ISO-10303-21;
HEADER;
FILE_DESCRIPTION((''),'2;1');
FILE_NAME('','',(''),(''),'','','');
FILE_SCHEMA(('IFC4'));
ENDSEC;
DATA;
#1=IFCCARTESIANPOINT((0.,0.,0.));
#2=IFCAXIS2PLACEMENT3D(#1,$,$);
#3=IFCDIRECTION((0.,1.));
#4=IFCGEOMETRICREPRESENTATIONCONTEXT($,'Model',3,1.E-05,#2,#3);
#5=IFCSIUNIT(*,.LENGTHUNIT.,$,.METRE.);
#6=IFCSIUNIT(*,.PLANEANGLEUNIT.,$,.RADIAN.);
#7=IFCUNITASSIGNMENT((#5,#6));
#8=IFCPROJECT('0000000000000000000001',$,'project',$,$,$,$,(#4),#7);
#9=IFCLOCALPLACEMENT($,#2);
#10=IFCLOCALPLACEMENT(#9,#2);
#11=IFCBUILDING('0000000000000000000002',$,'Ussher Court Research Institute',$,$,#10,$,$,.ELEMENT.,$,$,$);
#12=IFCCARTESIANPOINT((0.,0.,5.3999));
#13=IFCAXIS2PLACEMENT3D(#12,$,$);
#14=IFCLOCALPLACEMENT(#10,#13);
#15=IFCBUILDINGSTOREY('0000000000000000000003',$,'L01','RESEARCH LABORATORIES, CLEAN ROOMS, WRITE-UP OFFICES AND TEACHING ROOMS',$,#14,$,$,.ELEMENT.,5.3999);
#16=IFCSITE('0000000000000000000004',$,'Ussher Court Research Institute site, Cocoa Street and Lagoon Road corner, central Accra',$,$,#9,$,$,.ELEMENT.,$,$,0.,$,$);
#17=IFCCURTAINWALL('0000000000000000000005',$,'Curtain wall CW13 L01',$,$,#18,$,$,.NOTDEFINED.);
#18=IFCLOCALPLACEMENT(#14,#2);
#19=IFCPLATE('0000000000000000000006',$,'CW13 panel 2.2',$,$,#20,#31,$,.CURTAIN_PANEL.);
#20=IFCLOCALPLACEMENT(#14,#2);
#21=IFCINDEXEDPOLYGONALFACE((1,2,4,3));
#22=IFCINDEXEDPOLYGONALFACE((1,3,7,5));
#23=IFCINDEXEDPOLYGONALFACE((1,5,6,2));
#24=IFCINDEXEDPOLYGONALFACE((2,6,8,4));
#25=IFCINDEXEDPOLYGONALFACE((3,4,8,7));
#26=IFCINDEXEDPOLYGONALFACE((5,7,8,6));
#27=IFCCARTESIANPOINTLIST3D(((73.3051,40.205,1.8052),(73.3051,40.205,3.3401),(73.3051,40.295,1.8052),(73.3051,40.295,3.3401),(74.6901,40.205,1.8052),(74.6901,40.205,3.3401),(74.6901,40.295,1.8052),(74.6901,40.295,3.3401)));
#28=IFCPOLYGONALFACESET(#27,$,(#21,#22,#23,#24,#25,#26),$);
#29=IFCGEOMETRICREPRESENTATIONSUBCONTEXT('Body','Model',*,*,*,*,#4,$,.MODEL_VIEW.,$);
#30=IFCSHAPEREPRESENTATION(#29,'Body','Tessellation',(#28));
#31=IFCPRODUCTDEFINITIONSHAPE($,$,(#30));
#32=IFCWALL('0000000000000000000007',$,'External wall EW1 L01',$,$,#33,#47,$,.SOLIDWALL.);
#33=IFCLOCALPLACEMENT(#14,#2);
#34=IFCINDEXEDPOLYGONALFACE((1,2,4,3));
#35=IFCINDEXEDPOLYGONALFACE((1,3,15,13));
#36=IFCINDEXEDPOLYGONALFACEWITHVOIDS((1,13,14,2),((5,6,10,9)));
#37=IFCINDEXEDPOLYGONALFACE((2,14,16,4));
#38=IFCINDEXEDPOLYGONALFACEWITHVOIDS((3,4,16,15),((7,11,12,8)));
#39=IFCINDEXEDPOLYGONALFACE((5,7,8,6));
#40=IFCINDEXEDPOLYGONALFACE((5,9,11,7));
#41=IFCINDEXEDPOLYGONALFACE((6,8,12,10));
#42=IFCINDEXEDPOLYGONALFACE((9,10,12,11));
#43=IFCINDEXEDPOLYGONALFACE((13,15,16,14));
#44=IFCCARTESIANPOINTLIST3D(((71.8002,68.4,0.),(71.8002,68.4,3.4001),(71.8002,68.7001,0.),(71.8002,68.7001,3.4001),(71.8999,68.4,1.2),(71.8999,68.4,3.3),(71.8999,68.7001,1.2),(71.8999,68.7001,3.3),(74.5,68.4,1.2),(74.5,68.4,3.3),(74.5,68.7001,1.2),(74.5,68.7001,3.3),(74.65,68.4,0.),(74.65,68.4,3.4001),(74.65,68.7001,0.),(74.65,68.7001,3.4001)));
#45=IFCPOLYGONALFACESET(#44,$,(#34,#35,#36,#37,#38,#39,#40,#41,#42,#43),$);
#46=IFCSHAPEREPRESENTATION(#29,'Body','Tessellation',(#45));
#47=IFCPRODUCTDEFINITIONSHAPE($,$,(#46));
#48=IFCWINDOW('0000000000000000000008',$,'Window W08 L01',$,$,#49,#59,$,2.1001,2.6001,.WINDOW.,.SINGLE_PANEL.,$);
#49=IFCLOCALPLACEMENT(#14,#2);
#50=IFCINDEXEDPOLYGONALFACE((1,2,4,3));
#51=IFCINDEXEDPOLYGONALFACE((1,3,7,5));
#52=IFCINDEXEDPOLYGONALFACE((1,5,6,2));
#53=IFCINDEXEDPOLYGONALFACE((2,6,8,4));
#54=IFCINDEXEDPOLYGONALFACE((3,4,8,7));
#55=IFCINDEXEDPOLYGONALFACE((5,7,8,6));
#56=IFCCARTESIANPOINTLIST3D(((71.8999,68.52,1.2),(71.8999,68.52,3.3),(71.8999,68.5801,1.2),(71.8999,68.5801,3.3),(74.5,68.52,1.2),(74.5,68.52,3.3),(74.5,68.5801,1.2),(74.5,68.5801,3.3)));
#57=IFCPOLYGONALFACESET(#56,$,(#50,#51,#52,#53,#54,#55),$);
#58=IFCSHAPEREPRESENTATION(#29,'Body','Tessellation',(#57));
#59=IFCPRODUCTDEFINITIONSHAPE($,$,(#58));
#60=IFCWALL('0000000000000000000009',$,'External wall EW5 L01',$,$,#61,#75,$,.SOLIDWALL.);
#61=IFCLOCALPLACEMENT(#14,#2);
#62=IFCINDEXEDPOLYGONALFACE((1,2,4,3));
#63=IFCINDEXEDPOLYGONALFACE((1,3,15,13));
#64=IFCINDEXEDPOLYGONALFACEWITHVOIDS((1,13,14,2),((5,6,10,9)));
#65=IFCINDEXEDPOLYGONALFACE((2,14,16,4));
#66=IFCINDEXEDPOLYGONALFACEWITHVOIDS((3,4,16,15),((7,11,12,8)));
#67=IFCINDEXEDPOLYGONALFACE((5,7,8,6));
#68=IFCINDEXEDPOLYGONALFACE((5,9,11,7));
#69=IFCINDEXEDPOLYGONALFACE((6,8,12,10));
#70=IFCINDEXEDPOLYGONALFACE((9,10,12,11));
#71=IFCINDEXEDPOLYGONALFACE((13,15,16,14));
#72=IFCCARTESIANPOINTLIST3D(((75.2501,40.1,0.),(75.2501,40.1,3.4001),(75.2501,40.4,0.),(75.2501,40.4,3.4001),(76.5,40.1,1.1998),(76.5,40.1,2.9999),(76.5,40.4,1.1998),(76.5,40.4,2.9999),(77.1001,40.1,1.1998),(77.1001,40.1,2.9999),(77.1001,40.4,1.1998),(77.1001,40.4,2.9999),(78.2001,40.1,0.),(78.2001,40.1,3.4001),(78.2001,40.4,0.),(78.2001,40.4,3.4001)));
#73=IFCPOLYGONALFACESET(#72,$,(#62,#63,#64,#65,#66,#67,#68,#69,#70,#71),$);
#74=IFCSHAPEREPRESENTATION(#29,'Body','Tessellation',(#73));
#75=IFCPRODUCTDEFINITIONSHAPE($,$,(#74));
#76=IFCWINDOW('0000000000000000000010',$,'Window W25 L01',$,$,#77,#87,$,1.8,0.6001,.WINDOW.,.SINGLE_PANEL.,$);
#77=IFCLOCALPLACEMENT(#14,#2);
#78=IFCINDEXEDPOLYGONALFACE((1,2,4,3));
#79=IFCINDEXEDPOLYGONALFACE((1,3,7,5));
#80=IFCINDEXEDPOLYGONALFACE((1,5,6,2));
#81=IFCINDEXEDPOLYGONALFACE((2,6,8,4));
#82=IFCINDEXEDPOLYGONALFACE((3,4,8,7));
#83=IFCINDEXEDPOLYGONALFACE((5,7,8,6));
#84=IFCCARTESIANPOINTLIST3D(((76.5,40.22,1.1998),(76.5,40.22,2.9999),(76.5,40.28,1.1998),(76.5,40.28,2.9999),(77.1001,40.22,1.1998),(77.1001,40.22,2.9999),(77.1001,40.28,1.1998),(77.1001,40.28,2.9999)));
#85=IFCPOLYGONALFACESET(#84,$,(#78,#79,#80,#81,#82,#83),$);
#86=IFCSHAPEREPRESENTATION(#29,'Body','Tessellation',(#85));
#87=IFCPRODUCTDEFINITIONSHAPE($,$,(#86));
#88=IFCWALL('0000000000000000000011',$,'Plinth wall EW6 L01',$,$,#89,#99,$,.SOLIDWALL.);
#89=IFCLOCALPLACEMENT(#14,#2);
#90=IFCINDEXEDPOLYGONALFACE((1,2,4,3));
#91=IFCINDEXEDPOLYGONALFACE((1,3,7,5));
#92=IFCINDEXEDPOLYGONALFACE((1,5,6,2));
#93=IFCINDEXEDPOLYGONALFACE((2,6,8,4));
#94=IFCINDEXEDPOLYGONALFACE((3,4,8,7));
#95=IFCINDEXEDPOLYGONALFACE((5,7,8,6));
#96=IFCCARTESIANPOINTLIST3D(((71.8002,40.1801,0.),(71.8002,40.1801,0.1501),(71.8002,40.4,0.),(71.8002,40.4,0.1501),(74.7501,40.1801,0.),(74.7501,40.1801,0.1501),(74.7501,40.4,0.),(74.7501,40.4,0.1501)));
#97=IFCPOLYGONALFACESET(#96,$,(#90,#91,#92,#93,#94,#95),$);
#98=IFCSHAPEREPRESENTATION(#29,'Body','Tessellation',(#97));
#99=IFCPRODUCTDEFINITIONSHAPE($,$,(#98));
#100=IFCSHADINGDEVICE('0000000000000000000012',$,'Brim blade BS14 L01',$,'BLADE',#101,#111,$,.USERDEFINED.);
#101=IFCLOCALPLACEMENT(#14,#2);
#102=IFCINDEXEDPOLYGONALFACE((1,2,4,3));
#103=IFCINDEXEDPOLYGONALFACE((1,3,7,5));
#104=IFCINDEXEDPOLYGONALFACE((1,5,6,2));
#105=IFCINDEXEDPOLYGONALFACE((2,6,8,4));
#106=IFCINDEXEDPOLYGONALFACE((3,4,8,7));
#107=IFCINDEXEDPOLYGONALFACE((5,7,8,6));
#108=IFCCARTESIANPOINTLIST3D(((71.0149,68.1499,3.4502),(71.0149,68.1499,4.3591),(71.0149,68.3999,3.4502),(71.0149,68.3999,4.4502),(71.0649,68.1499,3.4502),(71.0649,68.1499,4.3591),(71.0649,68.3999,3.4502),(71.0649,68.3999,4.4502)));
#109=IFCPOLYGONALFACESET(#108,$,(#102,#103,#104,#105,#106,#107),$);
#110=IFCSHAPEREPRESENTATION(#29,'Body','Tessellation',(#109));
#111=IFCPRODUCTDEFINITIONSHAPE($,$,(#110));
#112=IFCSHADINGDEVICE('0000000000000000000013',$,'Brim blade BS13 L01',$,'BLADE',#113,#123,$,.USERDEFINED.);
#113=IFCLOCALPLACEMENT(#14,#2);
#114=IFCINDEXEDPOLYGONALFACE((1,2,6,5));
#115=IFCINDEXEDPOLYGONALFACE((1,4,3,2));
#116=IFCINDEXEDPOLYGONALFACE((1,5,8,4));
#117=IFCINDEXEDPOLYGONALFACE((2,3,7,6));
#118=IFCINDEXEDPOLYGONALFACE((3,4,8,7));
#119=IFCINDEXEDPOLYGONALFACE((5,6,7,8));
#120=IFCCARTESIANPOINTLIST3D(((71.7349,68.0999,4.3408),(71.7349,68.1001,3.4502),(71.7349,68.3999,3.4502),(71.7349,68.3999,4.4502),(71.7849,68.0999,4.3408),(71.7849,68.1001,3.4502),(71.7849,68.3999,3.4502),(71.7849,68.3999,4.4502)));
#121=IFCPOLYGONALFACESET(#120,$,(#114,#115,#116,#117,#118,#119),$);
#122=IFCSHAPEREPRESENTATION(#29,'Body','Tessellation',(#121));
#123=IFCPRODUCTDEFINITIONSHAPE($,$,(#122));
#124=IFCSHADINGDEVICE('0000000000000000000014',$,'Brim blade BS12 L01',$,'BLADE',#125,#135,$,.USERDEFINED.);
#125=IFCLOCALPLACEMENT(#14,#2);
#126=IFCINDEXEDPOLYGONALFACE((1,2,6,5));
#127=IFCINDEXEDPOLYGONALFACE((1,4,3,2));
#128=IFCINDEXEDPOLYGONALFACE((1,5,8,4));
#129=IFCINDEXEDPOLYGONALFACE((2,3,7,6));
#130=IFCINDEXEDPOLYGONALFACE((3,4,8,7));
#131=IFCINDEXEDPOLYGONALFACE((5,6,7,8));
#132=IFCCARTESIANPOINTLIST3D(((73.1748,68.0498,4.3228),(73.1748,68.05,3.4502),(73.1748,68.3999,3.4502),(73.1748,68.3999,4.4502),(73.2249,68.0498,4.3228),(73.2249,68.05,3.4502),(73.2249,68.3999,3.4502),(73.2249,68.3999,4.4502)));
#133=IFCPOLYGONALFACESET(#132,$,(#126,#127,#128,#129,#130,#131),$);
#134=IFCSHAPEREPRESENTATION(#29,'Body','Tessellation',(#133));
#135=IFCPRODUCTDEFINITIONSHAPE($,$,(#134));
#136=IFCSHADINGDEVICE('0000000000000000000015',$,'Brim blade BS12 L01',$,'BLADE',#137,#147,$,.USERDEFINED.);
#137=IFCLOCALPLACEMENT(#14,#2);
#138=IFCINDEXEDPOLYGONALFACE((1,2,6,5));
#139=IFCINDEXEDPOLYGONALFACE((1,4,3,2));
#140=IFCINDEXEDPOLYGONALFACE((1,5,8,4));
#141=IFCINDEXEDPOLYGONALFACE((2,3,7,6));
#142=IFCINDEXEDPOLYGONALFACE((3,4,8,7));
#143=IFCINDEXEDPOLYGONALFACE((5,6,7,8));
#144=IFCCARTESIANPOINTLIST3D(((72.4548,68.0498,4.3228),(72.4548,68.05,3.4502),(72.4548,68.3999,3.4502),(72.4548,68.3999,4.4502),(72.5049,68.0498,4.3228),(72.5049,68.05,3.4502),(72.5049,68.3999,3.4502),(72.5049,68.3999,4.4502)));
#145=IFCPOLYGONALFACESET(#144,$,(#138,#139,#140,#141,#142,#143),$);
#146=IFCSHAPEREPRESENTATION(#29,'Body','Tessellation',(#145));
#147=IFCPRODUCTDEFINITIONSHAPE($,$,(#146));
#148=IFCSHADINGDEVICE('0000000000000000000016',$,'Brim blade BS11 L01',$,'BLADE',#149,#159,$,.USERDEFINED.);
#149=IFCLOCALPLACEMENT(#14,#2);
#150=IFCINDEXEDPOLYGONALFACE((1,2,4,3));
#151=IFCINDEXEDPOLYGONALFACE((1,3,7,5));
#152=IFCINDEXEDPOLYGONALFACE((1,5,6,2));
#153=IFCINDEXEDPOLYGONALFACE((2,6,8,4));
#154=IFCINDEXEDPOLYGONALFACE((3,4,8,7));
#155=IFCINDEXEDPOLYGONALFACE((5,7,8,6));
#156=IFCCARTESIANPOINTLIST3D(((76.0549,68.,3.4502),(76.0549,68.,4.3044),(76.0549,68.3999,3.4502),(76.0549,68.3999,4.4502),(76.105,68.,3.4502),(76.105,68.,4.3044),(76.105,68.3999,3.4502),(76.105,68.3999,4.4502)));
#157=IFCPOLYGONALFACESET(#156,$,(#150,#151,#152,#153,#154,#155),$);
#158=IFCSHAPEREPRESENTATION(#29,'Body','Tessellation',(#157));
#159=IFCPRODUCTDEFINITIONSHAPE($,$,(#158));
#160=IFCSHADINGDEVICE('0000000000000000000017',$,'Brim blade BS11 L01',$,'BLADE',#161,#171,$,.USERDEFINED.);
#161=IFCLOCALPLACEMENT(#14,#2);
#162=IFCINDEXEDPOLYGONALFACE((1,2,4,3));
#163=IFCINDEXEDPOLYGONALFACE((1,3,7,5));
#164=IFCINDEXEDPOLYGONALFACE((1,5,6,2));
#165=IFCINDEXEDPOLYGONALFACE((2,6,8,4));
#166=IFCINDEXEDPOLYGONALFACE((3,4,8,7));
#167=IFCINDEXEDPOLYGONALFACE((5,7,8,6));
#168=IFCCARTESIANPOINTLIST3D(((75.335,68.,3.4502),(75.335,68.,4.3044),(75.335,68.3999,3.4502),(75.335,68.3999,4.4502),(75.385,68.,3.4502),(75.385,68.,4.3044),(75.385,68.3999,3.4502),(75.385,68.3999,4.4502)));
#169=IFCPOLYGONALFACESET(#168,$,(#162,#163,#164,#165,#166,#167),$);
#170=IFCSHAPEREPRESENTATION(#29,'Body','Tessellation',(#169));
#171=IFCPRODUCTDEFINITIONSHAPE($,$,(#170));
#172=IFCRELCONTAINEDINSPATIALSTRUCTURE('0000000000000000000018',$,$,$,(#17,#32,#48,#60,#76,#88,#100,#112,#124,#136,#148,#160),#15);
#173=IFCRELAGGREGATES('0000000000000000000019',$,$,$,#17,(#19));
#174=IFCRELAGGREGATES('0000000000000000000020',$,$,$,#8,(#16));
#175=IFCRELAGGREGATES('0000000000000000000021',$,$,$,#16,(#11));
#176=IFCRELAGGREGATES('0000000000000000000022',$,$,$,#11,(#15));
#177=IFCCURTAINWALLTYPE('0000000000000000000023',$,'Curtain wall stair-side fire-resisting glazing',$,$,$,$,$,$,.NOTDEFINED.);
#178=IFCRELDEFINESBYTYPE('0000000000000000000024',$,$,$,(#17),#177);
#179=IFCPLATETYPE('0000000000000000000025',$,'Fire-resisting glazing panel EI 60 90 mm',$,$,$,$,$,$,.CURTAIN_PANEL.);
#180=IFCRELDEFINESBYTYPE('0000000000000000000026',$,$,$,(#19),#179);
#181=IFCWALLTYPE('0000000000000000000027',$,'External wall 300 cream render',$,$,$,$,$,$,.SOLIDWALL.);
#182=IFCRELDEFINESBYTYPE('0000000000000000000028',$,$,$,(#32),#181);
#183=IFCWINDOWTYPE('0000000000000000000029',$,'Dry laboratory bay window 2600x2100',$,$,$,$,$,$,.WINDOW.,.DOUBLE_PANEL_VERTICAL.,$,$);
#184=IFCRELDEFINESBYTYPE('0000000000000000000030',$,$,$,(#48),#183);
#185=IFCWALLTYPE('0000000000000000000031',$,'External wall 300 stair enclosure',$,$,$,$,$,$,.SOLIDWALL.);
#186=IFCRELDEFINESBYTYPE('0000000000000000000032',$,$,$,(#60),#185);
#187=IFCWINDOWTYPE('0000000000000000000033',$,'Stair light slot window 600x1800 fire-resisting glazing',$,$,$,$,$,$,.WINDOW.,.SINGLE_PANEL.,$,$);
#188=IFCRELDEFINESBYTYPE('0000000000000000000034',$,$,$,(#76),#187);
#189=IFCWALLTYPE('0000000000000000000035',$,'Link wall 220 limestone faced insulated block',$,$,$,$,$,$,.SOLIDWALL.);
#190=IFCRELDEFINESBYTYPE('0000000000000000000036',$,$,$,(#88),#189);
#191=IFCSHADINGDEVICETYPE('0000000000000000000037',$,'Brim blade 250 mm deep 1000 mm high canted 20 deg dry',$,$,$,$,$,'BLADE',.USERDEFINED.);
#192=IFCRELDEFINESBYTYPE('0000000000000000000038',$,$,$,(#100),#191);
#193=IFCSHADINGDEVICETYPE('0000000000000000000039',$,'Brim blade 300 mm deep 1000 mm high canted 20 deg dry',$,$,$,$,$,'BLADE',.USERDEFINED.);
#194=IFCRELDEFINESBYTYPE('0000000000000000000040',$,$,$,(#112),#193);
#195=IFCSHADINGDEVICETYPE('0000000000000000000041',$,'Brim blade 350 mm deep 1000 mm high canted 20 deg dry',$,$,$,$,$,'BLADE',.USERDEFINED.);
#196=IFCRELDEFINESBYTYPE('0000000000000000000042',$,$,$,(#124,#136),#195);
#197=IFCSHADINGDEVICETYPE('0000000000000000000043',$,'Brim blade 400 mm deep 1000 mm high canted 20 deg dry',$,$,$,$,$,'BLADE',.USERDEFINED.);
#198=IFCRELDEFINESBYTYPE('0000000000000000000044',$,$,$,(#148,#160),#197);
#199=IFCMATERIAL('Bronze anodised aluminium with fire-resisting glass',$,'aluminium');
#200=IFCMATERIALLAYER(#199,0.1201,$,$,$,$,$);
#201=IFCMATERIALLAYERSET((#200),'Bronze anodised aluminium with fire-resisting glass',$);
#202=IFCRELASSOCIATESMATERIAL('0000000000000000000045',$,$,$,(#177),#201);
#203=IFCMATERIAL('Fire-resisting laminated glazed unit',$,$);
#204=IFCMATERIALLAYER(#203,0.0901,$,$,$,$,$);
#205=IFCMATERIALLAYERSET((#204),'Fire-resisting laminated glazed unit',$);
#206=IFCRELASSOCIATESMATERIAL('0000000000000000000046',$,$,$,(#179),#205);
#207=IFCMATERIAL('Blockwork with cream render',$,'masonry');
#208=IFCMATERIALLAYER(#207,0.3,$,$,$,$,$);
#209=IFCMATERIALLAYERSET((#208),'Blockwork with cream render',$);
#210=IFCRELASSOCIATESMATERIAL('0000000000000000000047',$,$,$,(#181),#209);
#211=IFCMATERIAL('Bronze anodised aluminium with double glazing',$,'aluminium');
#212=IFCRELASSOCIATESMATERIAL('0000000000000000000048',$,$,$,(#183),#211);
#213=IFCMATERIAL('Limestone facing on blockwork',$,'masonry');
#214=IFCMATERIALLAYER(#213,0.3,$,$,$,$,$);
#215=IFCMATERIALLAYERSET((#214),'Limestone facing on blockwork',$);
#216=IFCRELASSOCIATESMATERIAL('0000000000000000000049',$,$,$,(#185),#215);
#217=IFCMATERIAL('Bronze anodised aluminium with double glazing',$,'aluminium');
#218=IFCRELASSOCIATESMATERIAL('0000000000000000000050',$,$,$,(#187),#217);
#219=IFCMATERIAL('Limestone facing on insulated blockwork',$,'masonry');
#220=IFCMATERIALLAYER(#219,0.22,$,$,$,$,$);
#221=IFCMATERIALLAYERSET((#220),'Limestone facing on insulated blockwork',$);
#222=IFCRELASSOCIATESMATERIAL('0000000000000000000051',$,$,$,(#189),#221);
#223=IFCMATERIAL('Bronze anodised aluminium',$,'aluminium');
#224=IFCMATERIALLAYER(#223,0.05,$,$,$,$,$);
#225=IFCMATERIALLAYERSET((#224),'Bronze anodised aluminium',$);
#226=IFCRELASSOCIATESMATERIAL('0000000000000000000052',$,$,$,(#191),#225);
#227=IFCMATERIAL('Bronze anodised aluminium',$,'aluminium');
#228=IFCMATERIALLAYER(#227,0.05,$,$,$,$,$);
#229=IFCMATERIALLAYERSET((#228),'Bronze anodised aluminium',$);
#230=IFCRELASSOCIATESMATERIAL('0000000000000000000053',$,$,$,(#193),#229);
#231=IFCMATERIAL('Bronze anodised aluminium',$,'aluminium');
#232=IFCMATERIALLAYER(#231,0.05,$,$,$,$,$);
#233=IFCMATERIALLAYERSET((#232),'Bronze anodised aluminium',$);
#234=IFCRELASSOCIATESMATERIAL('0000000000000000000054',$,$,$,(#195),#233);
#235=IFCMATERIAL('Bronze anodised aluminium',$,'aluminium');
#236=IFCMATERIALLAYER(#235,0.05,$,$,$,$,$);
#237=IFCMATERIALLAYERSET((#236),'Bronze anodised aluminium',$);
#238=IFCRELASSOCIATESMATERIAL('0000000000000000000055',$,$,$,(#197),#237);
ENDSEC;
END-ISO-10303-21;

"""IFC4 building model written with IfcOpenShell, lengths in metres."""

from ifc_helpers import new_model, si_unit, direction, frame, frame_2d, origin, origin_2d, place, context, subcontext, project, spatial, polyline, rectangle, outline, extrude, material, layer, layer_set, type_object, element, fill, aggregate, save


model = new_model("IFC4")

# Units and contexts
model_context = context("Model", 3, precision=1e-05, world=origin(), true_north=direction((0.0, 1.0)))
body_context = subcontext(model_context, "Body", "Model", "MODEL_VIEW")
ifc_project = project(units=[si_unit("LENGTHUNIT", "METRE"), si_unit("PLANEANGLEUNIT", "RADIAN")], contexts=[model_context])

# Site, building, storey
site_placement = place(None, origin())
site = spatial("IfcSite", under=ifc_project, at=site_placement, Name="Ussher Court Research Institute site, Cocoa Street and Lagoon Road corner, central Accra", CompositionType="ELEMENT", RefElevation=0.0)
building_placement = place(site_placement, origin())
building = spatial("IfcBuilding", under=site, at=building_placement, Name="Ussher Court Research Institute", CompositionType="ELEMENT")
storey_placement = place(building_placement, frame((0.0, 0.0, 5.3999)))
storey = spatial("IfcBuildingStorey", under=building, at=storey_placement, Name="L01", Description="RESEARCH LABORATORIES, CLEAN ROOMS, WRITE-UP OFFICES AND TEACHING ROOMS", CompositionType="ELEMENT", Elevation=5.3999)

# Curtain wall
ifc_material_1 = material(Name="Bronze anodised aluminium with fire-resisting glass", Category="aluminium")
ifc_layer_1 = layer(ifc_material_1, 0.1201)
ifc_layer_set_1 = layer_set([ifc_layer_1], Name="Bronze anodised aluminium with fire-resisting glass")
curtain_wall_type = type_object("IfcCurtainWallType", Name="Curtain wall stair-side fire-resisting glazing", PredefinedType="NOTDEFINED", material=ifc_layer_set_1)
curtain_wall_placement = place(storey_placement, origin())
curtain_wall = element("IfcCurtainWall", 1, at=curtain_wall_placement, inside=storey, type_object=curtain_wall_type, Name="Curtain wall CW13 L01", PredefinedType="NOTDEFINED")

# Plate
ifc_material_2 = material(Name="Fire-resisting laminated glazed unit")
ifc_layer_2 = layer(ifc_material_2, 0.0901)
ifc_layer_set_2 = layer_set([ifc_layer_2], Name="Fire-resisting laminated glazed unit")
plate_type = type_object("IfcPlateType", Name="Fire-resisting glazing panel EI 60 90 mm", PredefinedType="CURTAIN_PANEL", material=ifc_layer_set_2)
plate_1_placement = place(storey_placement, frame((73.9976, 40.25, 1.8052), z_axis=(0.0, 0.0, 1.0), x_axis=(1.0, 0.0, 0.0)))
plate_1 = element("IfcPlate", 2, at=plate_1_placement, type_object=plate_type, Name="CW13 panel 2.2", PredefinedType="CURTAIN_PANEL", context=body_context, shape_type="SweptSolid", body=[
    extrude(rectangle(XDim=1.385, YDim=0.0901, at=origin_2d()), origin(), (0.0, 0.0, 1.0), 1.5349),
])
aggregate(curtain_wall, [plate_1])

# Walls, openings, windows
ifc_material_3 = material(Name="Blockwork with cream render", Category="masonry")
ifc_layer_3 = layer(ifc_material_3, 0.3)
ifc_layer_set_3 = layer_set([ifc_layer_3], Name="Blockwork with cream render")
wall_type_1 = type_object("IfcWallType", Name="External wall 300 cream render", PredefinedType="SOLIDWALL", material=ifc_layer_set_3)
wall_1_placement = place(storey_placement, frame((74.6499, 68.55, 0.0), z_axis=(0.0, 0.0, 1.0), x_axis=(-1.0, 0.0, 0.0)))
wall_1 = element("IfcWall", 3, at=wall_1_placement, inside=storey, type_object=wall_type_1, Name="External wall EW1 L01", PredefinedType="SOLIDWALL", context=body_context, shape_type="SweptSolid", body=[
    extrude(rectangle(XDim=2.8499, YDim=0.3, at=frame_2d((1.4248, 0.0))), origin(), (0.0, 0.0, 1.0), 3.4001),
])
opening_1_placement = place(wall_1_placement, frame((0.1499, 0.0, 1.2)))
opening_1 = element("IfcOpeningElement", 4, at=opening_1_placement, cuts=wall_1, PredefinedType="OPENING", context=body_context, shape_type="SweptSolid", body=[
    extrude(rectangle(XDim=2.6001, YDim=2.1001, at=frame_2d((1.3, 1.05))), frame((0.0, 0.1602, 0.0), z_axis=(0.0, -1.0, 0.0), x_axis=(1.0, 0.0, 0.0)), (0.0, 0.0, 1.0), 0.3201),
])
ifc_material_4 = material(Name="Bronze anodised aluminium with double glazing", Category="aluminium")
window_type_1 = type_object("IfcWindowType", Name="Dry laboratory bay window 2600x2100", PartitioningType="DOUBLE_PANEL_VERTICAL", PredefinedType="WINDOW", material=ifc_material_4)
window_1_placement = place(opening_1_placement, origin())
window_1 = element("IfcWindow", 5, at=window_1_placement, inside=storey, type_object=window_type_1, Name="Window W08 L01", OverallHeight=2.1001, OverallWidth=2.6001, PartitioningType="SINGLE_PANEL", PredefinedType="WINDOW", context=body_context, shape_type="SweptSolid", body=[
    extrude(rectangle(XDim=2.6001, YDim=2.1001, at=frame_2d((1.3, 1.05))), frame((0.0, 0.03, 0.0), z_axis=(0.0, -1.0, 0.0), x_axis=(1.0, 0.0, 0.0)), (0.0, 0.0, 1.0), 0.0601),
])
fill(opening_1, window_1)
ifc_material_5 = material(Name="Limestone facing on blockwork", Category="masonry")
ifc_layer_4 = layer(ifc_material_5, 0.3)
ifc_layer_set_4 = layer_set([ifc_layer_4], Name="Limestone facing on blockwork")
wall_type_2 = type_object("IfcWallType", Name="External wall 300 stair enclosure", PredefinedType="SOLIDWALL", material=ifc_layer_set_4)
wall_2_placement = place(storey_placement, frame((75.25, 40.25, 0.0), z_axis=(0.0, 0.0, 1.0), x_axis=(1.0, 0.0, 0.0)))
wall_2 = element("IfcWall", 6, at=wall_2_placement, inside=storey, type_object=wall_type_2, Name="External wall EW5 L01", PredefinedType="SOLIDWALL", context=body_context, shape_type="SweptSolid", body=[
    extrude(rectangle(XDim=2.95, YDim=0.3, at=frame_2d((1.4751, 0.0))), origin(), (0.0, 0.0, 1.0), 3.4001),
])
opening_2_placement = place(wall_2_placement, frame((1.25, 0.0, 1.2)))
opening_2 = element("IfcOpeningElement", 7, at=opening_2_placement, cuts=wall_2, PredefinedType="OPENING", context=body_context, shape_type="SweptSolid", body=[
    extrude(rectangle(XDim=0.6001, YDim=1.8, at=frame_2d((0.3, 0.8999))), frame((0.0, 0.1602, 0.0), z_axis=(0.0, -1.0, 0.0), x_axis=(1.0, 0.0, 0.0)), (0.0, 0.0, 1.0), 0.3201),
])
ifc_material_6 = material(Name="Bronze anodised aluminium with double glazing", Category="aluminium")
window_type_2 = type_object("IfcWindowType", Name="Stair light slot window 600x1800 fire-resisting glazing", PartitioningType="SINGLE_PANEL", PredefinedType="WINDOW", material=ifc_material_6)
window_2_placement = place(opening_2_placement, origin())
window_2 = element("IfcWindow", 8, at=window_2_placement, inside=storey, type_object=window_type_2, Name="Window W25 L01", OverallHeight=1.8, OverallWidth=0.6001, PartitioningType="SINGLE_PANEL", PredefinedType="WINDOW", context=body_context, shape_type="SweptSolid", body=[
    extrude(rectangle(XDim=0.6001, YDim=1.8, at=frame_2d((0.3, 0.8999))), frame((0.0, 0.03, 0.0), z_axis=(0.0, -1.0, 0.0), x_axis=(1.0, 0.0, 0.0)), (0.0, 0.0, 1.0), 0.0601),
])
fill(opening_2, window_2)

# Wall
ifc_material_7 = material(Name="Limestone facing on insulated blockwork", Category="masonry")
ifc_layer_5 = layer(ifc_material_7, 0.22)
ifc_layer_set_5 = layer_set([ifc_layer_5], Name="Limestone facing on insulated blockwork")
wall_type_3 = type_object("IfcWallType", Name="Link wall 220 limestone faced insulated block", PredefinedType="SOLIDWALL", material=ifc_layer_set_5)
wall_3_placement = place(storey_placement, frame((71.8, 40.29, 0.0), z_axis=(0.0, 0.0, 1.0), x_axis=(1.0, 0.0, 0.0)))
element("IfcWall", 9, at=wall_3_placement, inside=storey, type_object=wall_type_3, Name="Plinth wall EW6 L01", PredefinedType="SOLIDWALL", context=body_context, shape_type="SweptSolid", body=[
    extrude(rectangle(XDim=2.95, YDim=0.22, at=frame_2d((1.4751, 0.0))), origin(), (0.0, 0.0, 1.0), 0.1501),
])

# Shading devices
ifc_material_8 = material(Name="Bronze anodised aluminium", Category="aluminium")
ifc_layer_6 = layer(ifc_material_8, 0.05)
ifc_layer_set_6 = layer_set([ifc_layer_6], Name="Bronze anodised aluminium")
shading_device_type_1 = type_object("IfcShadingDeviceType", Name="Brim blade 250 mm deep 1000 mm high canted 20 deg dry", ElementType="BLADE", PredefinedType="USERDEFINED", material=ifc_layer_set_6)
shading_device_1_placement = place(storey_placement, frame((71.04, 68.3999, 3.4502), z_axis=(0.0, 0.0, 1.0), x_axis=(0.0, -1.0, 0.0)))
element("IfcShadingDevice", 10, at=shading_device_1_placement, inside=storey, type_object=shading_device_type_1, Name="Brim blade BS14 L01", ObjectType="BLADE", PredefinedType="USERDEFINED", context=body_context, shape_type="SweptSolid", body=[
    extrude(outline(polyline([(0.0, 0.0), (0.25, 0.0), (0.25, 0.9089), (0.0, 1.0), (0.0, 0.0)])), frame((0.0, 0.0249, 0.0), z_axis=(0.0, -1.0, 0.0), x_axis=(1.0, 0.0, 0.0)), (0.0, 0.0, 1.0), 0.05),
])
ifc_material_9 = material(Name="Bronze anodised aluminium", Category="aluminium")
ifc_layer_7 = layer(ifc_material_9, 0.05)
ifc_layer_set_7 = layer_set([ifc_layer_7], Name="Bronze anodised aluminium")
shading_device_type_2 = type_object("IfcShadingDeviceType", Name="Brim blade 300 mm deep 1000 mm high canted 20 deg dry", ElementType="BLADE", PredefinedType="USERDEFINED", material=ifc_layer_set_7)
shading_device_2_placement = place(storey_placement, frame((71.76, 68.3999, 3.4502), z_axis=(0.0, 0.0, 1.0), x_axis=(0.0, -1.0, 0.0)))
element("IfcShadingDevice", 11, at=shading_device_2_placement, inside=storey, type_object=shading_device_type_2, Name="Brim blade BS13 L01", ObjectType="BLADE", PredefinedType="USERDEFINED", context=body_context, shape_type="SweptSolid", body=[
    extrude(outline(polyline([(0.0, 0.0), (0.2998, 0.0), (0.3, 0.8906), (0.0, 1.0), (0.0, 0.0)])), frame((0.0, 0.0249, 0.0), z_axis=(0.0, -1.0, 0.0), x_axis=(1.0, 0.0, 0.0)), (0.0, 0.0, 1.0), 0.05),
])
ifc_material_10 = material(Name="Bronze anodised aluminium", Category="aluminium")
ifc_layer_8 = layer(ifc_material_10, 0.05)
ifc_layer_set_8 = layer_set([ifc_layer_8], Name="Bronze anodised aluminium")
shading_device_type_3 = type_object("IfcShadingDeviceType", Name="Brim blade 350 mm deep 1000 mm high canted 20 deg dry", ElementType="BLADE", PredefinedType="USERDEFINED", material=ifc_layer_set_8)
for number, where, z_axis, x_axis, name in (
    (12, (73.2, 68.3999, 3.4502), (0.0, 0.0, 1.0), (0.0, -1.0, 0.0), "Brim blade BS12 L01"),
    (13, (72.48, 68.3999, 3.4502), (0.0, 0.0, 1.0), (0.0, -1.0, 0.0), "Brim blade BS12 L01"),
):
    element("IfcShadingDevice", number, at=place(storey_placement, frame(where, z_axis=z_axis, x_axis=x_axis)), inside=storey, type_object=shading_device_type_3, Name=name, ObjectType="BLADE", PredefinedType="USERDEFINED", context=body_context, shape_type="SweptSolid", body=[
        extrude(outline(polyline([(0.0, 0.0), (0.3499, 0.0), (0.3501, 0.8726), (0.0, 1.0), (0.0, 0.0)])), frame((0.0, 0.0249, 0.0), z_axis=(0.0, -1.0, 0.0), x_axis=(1.0, 0.0, 0.0)), (0.0, 0.0, 1.0), 0.05),
    ])
ifc_material_11 = material(Name="Bronze anodised aluminium", Category="aluminium")
ifc_layer_9 = layer(ifc_material_11, 0.05)
ifc_layer_set_9 = layer_set([ifc_layer_9], Name="Bronze anodised aluminium")
shading_device_type_4 = type_object("IfcShadingDeviceType", Name="Brim blade 400 mm deep 1000 mm high canted 20 deg dry", ElementType="BLADE", PredefinedType="USERDEFINED", material=ifc_layer_set_9)
for number, where, z_axis, x_axis, name in (
    (14, (76.0801, 68.3999, 3.4502), (0.0, 0.0, 1.0), (0.0, -1.0, 0.0), "Brim blade BS11 L01"),
    (15, (75.3601, 68.3999, 3.4502), (0.0, 0.0, 1.0), (0.0, -1.0, 0.0), "Brim blade BS11 L01"),
):
    element("IfcShadingDevice", number, at=place(storey_placement, frame(where, z_axis=z_axis, x_axis=x_axis)), inside=storey, type_object=shading_device_type_4, Name=name, ObjectType="BLADE", PredefinedType="USERDEFINED", context=body_context, shape_type="SweptSolid", body=[
        extrude(outline(polyline([(0.0, 0.0), (0.3999, 0.0), (0.3999, 0.8542), (0.0, 1.0), (0.0, 0.0)])), frame((0.0, 0.0249, 0.0), z_axis=(0.0, -1.0, 0.0), x_axis=(1.0, 0.0, 0.0)), (0.0, 0.0, 1.0), 0.05),
    ])

save(model, "model.ifc")
